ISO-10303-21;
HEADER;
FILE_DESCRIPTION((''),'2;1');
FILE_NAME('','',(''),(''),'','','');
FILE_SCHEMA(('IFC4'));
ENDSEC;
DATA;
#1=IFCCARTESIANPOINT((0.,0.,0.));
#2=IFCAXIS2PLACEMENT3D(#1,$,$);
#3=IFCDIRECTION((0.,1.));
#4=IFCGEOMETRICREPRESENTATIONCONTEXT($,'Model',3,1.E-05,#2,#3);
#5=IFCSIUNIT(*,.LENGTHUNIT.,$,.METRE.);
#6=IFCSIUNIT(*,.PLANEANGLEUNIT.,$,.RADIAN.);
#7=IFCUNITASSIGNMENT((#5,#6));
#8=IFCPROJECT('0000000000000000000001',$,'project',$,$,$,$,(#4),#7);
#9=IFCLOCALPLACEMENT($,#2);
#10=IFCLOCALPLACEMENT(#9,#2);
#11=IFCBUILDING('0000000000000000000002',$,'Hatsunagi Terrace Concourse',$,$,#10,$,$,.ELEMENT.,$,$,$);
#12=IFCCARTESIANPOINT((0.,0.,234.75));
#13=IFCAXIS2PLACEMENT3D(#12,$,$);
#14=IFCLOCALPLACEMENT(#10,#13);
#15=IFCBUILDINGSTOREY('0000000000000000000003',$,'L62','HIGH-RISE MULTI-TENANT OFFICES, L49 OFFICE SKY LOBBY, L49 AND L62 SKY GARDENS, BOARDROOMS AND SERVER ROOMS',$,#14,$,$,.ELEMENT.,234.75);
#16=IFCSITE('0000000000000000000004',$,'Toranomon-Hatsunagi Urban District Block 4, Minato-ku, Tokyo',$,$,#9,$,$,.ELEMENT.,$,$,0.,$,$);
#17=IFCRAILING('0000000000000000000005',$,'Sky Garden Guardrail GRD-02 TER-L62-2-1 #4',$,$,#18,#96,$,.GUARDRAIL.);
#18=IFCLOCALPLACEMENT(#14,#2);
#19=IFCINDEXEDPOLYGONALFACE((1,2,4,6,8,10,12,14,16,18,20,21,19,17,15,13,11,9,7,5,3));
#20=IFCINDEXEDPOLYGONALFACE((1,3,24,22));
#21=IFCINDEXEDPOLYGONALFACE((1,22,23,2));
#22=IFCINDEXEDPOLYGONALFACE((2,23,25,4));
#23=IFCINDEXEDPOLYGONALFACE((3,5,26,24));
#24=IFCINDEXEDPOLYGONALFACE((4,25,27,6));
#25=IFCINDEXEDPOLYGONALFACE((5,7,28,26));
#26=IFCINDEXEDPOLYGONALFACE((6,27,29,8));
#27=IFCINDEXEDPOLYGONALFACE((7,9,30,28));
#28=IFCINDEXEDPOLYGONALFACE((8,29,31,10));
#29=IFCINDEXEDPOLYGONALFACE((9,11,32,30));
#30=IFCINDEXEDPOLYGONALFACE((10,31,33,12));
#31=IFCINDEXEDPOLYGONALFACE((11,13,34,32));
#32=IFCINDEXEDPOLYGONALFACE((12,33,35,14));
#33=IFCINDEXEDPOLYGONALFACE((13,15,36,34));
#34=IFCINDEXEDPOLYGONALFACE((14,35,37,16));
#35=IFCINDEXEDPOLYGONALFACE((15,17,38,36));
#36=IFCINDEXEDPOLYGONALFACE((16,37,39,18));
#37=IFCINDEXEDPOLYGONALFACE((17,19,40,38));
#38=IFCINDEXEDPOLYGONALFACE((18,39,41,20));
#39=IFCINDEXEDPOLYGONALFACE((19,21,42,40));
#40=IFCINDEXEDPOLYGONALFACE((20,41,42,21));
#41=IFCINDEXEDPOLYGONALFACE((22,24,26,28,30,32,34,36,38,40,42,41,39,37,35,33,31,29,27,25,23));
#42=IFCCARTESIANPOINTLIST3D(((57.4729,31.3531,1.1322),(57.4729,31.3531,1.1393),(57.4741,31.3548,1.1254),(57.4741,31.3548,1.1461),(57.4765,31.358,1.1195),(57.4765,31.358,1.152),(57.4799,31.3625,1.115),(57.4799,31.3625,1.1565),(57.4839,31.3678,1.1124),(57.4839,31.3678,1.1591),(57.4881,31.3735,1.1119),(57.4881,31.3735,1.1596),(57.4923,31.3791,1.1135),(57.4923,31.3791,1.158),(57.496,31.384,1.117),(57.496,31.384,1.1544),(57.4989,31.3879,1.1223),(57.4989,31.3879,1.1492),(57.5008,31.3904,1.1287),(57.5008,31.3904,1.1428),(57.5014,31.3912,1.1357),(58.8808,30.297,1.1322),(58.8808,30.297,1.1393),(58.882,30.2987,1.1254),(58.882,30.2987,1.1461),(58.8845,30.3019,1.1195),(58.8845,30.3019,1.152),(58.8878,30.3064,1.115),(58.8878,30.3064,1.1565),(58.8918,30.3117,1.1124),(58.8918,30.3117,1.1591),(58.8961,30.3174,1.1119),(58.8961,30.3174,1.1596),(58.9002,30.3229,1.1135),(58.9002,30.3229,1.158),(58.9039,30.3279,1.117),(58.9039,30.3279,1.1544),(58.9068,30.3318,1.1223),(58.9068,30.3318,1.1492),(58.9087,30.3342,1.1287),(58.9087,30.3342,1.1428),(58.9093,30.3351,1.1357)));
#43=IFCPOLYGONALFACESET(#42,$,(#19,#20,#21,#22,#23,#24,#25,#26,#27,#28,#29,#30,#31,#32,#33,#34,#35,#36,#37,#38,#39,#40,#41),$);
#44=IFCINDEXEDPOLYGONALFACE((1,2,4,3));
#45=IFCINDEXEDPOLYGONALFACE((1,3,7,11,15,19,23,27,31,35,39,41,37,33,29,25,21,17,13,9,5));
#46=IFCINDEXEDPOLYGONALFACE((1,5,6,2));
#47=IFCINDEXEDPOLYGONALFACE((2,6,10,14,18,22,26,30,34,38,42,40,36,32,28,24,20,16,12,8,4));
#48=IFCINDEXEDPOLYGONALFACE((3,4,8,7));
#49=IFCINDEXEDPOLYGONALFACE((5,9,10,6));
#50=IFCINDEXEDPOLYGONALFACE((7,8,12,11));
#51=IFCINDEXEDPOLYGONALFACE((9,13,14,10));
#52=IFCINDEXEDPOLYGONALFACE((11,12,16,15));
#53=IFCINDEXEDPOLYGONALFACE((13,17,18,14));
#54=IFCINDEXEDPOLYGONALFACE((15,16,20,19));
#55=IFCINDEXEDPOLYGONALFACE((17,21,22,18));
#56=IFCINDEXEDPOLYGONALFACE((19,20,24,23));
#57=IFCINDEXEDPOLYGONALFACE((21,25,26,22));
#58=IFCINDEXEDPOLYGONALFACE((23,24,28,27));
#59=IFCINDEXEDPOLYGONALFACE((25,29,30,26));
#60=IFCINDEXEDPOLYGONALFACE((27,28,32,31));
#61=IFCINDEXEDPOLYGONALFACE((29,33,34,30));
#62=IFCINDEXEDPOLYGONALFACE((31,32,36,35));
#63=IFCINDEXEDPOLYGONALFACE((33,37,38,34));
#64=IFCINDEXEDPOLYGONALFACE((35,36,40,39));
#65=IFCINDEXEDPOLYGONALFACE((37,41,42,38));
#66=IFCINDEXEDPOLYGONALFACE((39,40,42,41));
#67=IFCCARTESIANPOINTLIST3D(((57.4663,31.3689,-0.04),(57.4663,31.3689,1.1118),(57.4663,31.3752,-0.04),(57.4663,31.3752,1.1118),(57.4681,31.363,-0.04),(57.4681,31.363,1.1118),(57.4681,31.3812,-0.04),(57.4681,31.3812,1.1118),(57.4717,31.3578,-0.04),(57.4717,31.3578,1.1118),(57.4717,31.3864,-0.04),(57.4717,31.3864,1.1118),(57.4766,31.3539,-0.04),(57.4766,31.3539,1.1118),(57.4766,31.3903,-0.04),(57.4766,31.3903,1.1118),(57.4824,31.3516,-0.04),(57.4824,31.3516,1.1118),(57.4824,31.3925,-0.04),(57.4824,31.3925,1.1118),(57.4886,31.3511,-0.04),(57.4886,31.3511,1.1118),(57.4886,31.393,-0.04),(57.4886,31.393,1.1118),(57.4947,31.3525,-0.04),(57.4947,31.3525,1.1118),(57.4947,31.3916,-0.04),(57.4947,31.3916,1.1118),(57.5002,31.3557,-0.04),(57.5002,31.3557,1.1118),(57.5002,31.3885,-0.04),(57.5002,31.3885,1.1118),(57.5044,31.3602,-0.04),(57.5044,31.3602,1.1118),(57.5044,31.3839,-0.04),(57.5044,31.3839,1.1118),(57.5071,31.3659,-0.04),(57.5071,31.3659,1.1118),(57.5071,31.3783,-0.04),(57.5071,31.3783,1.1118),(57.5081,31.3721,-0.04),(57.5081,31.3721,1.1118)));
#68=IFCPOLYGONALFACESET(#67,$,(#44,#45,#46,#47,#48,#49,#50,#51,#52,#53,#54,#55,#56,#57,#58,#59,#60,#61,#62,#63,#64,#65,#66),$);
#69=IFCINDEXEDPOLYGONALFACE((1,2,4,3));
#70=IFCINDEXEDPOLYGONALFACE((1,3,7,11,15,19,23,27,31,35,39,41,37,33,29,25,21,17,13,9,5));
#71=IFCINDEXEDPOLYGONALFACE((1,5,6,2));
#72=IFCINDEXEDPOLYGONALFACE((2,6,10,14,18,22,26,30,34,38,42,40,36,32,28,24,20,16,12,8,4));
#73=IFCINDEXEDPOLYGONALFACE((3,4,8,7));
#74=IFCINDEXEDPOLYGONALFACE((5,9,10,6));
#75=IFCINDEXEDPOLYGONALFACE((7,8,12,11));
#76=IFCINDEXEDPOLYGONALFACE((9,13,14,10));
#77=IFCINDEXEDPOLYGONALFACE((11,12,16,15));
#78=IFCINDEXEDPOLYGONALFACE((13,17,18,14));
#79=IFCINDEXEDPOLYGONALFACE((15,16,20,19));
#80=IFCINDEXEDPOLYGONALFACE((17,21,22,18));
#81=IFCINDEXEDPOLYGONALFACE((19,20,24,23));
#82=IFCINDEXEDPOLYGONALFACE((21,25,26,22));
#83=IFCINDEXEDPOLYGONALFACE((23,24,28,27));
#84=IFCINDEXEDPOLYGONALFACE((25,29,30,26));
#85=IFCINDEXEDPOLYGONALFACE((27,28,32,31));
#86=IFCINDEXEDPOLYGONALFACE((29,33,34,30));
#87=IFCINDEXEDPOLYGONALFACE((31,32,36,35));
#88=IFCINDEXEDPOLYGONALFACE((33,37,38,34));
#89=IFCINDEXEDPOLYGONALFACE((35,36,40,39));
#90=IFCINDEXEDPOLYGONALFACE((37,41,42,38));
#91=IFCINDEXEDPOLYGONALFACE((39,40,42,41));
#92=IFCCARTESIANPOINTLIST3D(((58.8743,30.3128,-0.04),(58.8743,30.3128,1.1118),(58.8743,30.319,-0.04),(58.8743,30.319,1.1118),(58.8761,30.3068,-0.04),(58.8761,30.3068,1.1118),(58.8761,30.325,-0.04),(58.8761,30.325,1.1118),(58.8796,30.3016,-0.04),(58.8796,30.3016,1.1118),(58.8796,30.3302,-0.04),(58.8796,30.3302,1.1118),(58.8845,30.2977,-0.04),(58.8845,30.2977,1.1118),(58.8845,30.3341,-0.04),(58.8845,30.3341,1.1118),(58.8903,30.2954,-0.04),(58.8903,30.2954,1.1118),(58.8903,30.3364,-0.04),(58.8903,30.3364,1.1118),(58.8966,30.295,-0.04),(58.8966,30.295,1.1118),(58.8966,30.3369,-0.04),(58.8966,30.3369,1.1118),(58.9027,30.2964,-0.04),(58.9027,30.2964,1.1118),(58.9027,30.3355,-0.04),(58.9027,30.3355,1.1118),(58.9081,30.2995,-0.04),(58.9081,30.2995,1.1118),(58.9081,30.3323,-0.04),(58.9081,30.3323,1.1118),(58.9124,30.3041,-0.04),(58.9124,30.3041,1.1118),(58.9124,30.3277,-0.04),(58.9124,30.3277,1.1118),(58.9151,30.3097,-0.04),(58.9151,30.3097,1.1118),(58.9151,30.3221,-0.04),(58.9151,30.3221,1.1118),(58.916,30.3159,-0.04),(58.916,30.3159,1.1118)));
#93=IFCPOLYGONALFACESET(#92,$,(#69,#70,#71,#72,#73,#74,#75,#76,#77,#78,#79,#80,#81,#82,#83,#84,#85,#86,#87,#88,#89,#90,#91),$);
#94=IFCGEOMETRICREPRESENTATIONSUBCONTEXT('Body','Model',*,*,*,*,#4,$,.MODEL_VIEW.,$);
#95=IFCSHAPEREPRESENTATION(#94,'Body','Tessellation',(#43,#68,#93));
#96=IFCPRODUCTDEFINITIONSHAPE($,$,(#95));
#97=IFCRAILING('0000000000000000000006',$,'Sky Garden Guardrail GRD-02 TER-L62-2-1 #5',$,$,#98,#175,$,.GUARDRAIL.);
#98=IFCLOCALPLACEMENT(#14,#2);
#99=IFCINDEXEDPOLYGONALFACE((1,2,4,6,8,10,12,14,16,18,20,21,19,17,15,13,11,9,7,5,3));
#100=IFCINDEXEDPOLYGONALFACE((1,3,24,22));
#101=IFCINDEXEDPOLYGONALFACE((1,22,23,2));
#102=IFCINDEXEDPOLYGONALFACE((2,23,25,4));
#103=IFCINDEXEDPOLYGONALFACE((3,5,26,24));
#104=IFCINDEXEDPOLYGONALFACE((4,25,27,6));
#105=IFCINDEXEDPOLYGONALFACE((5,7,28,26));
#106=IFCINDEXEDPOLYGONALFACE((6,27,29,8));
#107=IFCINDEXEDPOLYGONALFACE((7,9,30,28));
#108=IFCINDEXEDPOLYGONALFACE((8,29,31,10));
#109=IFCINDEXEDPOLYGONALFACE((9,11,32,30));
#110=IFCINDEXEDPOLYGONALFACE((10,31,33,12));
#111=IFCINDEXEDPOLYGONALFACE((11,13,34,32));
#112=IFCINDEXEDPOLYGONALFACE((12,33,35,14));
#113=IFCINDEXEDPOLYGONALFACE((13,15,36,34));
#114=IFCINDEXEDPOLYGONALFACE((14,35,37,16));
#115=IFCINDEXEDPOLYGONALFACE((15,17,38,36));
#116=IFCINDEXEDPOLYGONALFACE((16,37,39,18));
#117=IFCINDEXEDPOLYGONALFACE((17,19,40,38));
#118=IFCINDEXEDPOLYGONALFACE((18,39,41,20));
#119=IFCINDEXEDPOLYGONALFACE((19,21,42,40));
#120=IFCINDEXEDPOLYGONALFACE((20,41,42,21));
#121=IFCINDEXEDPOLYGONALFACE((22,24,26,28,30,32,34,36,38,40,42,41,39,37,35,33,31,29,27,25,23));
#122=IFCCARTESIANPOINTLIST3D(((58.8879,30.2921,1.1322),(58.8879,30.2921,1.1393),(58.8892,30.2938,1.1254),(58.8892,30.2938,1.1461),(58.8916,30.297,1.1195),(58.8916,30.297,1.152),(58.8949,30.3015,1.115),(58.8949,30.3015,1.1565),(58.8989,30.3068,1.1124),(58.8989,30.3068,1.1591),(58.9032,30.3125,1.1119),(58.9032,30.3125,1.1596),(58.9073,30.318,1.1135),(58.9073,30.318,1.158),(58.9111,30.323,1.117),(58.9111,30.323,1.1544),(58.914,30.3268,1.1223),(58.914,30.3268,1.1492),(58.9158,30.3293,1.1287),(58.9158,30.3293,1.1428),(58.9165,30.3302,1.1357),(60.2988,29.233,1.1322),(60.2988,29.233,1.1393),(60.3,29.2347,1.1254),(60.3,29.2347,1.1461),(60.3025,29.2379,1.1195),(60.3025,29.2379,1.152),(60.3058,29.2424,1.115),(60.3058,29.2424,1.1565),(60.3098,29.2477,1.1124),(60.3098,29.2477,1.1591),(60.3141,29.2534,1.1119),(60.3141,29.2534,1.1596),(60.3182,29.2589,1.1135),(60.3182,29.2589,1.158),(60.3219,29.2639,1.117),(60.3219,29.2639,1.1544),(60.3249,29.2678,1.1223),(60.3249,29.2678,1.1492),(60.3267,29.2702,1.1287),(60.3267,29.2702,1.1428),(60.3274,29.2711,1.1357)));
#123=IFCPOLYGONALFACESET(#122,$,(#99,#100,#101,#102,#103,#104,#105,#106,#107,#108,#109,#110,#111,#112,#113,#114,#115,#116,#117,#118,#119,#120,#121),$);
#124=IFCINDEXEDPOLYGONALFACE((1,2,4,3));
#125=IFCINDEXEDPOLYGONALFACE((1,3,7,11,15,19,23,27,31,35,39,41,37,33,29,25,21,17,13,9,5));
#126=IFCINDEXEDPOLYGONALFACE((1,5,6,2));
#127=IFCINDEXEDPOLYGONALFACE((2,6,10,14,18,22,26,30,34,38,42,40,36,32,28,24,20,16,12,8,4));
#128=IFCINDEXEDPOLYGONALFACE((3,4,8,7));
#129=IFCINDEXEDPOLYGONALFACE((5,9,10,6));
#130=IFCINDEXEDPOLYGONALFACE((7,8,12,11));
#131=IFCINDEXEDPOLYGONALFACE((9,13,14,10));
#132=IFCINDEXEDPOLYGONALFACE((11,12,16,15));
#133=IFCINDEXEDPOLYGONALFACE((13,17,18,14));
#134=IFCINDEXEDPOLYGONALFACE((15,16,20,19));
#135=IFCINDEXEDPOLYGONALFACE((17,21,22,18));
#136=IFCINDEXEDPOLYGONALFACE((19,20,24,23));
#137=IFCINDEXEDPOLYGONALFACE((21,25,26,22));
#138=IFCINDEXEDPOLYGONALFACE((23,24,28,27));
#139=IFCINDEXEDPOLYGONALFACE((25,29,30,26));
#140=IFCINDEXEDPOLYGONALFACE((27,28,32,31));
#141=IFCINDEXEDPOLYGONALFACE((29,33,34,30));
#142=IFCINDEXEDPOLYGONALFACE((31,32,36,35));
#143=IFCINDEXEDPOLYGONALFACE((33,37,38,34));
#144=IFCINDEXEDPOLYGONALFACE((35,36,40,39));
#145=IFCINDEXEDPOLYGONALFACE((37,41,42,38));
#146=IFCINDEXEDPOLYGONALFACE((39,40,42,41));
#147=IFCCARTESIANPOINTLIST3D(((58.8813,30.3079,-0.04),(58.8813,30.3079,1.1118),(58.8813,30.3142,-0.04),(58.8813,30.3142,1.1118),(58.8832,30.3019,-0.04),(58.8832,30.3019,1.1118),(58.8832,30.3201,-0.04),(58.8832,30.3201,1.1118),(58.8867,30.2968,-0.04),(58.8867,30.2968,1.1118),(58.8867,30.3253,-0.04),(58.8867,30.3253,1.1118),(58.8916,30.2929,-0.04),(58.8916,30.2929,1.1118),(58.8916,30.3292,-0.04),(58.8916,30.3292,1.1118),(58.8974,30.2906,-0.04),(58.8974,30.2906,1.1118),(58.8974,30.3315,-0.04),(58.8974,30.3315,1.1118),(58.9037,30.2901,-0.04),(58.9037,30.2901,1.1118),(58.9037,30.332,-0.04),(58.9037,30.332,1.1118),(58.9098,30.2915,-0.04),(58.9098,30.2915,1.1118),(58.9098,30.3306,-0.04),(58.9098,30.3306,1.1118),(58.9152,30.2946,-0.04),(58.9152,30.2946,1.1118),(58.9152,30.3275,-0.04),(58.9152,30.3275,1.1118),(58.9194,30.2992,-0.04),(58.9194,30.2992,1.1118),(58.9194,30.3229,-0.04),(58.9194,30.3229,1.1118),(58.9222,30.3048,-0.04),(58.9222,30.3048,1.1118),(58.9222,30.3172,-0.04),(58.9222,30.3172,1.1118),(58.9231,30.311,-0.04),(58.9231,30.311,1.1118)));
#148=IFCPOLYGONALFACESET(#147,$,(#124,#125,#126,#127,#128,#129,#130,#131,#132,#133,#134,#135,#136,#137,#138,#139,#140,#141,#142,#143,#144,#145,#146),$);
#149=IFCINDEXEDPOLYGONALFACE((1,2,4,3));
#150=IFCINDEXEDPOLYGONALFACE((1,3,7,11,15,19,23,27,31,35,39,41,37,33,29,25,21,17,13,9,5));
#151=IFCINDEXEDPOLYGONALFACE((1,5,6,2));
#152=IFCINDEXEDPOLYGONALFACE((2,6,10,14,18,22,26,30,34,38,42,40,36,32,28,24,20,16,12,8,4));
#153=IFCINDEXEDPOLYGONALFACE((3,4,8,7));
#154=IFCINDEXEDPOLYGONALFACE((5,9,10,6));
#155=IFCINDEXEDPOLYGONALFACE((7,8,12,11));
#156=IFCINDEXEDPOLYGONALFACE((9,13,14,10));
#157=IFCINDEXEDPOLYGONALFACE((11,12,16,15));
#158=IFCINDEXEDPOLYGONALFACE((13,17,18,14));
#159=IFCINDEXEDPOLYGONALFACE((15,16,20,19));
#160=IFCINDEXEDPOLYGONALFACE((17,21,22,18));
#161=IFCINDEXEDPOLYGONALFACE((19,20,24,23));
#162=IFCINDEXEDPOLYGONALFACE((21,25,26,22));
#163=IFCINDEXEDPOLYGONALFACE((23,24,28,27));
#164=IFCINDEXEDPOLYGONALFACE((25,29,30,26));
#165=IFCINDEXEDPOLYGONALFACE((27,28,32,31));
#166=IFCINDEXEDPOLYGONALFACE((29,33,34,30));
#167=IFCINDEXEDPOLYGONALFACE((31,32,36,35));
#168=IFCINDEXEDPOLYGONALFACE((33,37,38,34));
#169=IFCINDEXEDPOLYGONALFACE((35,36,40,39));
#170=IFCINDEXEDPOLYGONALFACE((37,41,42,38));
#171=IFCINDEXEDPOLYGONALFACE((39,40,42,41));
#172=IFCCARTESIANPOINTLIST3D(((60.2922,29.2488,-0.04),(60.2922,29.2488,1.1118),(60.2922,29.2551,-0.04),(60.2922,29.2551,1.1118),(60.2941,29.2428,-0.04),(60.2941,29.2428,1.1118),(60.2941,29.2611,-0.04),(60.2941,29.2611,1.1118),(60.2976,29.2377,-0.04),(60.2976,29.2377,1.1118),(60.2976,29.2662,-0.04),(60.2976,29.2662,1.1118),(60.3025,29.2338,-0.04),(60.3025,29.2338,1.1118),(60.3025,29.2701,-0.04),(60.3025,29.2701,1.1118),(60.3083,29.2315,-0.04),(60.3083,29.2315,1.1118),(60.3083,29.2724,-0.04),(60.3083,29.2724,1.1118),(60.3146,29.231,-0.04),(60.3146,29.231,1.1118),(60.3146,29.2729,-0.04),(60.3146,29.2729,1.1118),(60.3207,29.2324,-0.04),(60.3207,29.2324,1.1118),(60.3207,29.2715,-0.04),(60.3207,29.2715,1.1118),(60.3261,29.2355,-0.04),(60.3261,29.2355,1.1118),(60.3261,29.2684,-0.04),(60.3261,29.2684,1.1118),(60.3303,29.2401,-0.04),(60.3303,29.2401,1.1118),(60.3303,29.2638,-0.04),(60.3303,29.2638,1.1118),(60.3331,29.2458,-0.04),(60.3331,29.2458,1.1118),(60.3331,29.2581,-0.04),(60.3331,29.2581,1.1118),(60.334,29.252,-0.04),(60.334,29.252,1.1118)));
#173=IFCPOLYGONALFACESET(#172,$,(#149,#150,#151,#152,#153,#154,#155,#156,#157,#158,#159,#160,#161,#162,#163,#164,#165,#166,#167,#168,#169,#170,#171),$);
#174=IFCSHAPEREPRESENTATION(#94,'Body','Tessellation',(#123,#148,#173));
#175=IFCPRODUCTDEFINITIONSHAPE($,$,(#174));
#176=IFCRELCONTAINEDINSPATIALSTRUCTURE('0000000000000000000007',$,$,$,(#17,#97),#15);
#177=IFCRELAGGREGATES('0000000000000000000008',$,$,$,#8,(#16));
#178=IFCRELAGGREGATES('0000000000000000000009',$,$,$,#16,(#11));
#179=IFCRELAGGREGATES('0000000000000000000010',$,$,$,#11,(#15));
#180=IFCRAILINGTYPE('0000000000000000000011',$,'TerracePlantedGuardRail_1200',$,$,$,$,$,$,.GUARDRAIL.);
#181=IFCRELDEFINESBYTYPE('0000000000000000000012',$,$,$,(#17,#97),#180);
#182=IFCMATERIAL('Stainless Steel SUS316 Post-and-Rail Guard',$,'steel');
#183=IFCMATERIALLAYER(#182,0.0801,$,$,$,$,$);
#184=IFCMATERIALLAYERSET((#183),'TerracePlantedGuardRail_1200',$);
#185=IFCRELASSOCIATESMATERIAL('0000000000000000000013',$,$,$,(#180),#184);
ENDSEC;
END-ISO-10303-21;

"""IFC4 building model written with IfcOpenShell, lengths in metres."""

from ifc_helpers import new_model, si_unit, direction, frame, origin, origin_2d, place, context, subcontext, project, spatial, circle, extrude, material, layer, layer_set, type_object, element, save


model = new_model("IFC4")

# Units and contexts
model_context = context("Model", 3, precision=1e-05, world=origin(), true_north=direction((0.0, 1.0)))
body_context = subcontext(model_context, "Body", "Model", "MODEL_VIEW")
ifc_project = project(units=[si_unit("LENGTHUNIT", "METRE"), si_unit("PLANEANGLEUNIT", "RADIAN")], contexts=[model_context])

# Site, building, storey
site_placement = place(None, origin())
site = spatial("IfcSite", under=ifc_project, at=site_placement, Name="Toranomon-Hatsunagi Urban District Block 4, Minato-ku, Tokyo", CompositionType="ELEMENT", RefElevation=0.0)
building_placement = place(site_placement, origin())
building = spatial("IfcBuilding", under=site, at=building_placement, Name="Hatsunagi Terrace Concourse", CompositionType="ELEMENT")
storey_placement = place(building_placement, frame((0.0, 0.0, 234.75)))
storey = spatial("IfcBuildingStorey", under=building, at=storey_placement, Name="L62", Description="HIGH-RISE MULTI-TENANT OFFICES, L49 OFFICE SKY LOBBY, L49 AND L62 SKY GARDENS, BOARDROOMS AND SERVER ROOMS", CompositionType="ELEMENT", Elevation=234.75)

# Railings
ifc_material_1 = material(Name="Stainless Steel SUS316 Post-and-Rail Guard", Category="steel")
ifc_layer_1 = layer(ifc_material_1, 0.0801)
ifc_layer_set_1 = layer_set([ifc_layer_1], Name="TerracePlantedGuardRail_1200")
railing_type = type_object("IfcRailingType", Name="TerracePlantedGuardRail_1200", PredefinedType="GUARDRAIL", material=ifc_layer_set_1)
railing_1_placement = place(storey_placement, frame((57.4871, 31.3721, -0.04)))
element("IfcRailing", 1, at=railing_1_placement, inside=storey, type_object=railing_type, Name="Sky Garden Guardrail GRD-02 TER-L62-2-1 #4", PredefinedType="GUARDRAIL", context=body_context, shape_type="SweptSolid", body=[
    extrude(circle(Radius=0.0239, at=origin_2d()), frame((0.0, 0.0, 1.1758), z_axis=(0.79995, -0.600067, 0.0), x_axis=(0.600067, 0.79995, 0.0)), (0.0, 0.0, 1.0), 1.76),
    extrude(circle(Radius=0.021, at=origin_2d()), origin(), (0.0, 0.0, 1.0), 1.1519),
    extrude(circle(Radius=0.021, at=origin_2d()), frame((1.408, -1.0562, 0.0)), (0.0, 0.0, 1.0), 1.1519),
])
railing_2_placement = place(storey_placement, frame((58.9021, 30.311, -0.04)))
element("IfcRailing", 2, at=railing_2_placement, inside=storey, type_object=railing_type, Name="Sky Garden Guardrail GRD-02 TER-L62-2-1 #5", PredefinedType="GUARDRAIL", context=body_context, shape_type="SweptSolid", body=[
    extrude(circle(Radius=0.0239, at=origin_2d()), frame((0.0, 0.0, 1.1758), z_axis=(0.799751, -0.600332, 0.0), x_axis=(0.600332, 0.799751, 0.0)), (0.0, 0.0, 1.0), 1.7642),
    extrude(circle(Radius=0.021, at=origin_2d()), origin(), (0.0, 0.0, 1.0), 1.1519),
    extrude(circle(Radius=0.021, at=origin_2d()), frame((1.4109, -1.0591, 0.0)), (0.0, 0.0, 1.0), 1.1519),
])

save(model, "model.ifc")
